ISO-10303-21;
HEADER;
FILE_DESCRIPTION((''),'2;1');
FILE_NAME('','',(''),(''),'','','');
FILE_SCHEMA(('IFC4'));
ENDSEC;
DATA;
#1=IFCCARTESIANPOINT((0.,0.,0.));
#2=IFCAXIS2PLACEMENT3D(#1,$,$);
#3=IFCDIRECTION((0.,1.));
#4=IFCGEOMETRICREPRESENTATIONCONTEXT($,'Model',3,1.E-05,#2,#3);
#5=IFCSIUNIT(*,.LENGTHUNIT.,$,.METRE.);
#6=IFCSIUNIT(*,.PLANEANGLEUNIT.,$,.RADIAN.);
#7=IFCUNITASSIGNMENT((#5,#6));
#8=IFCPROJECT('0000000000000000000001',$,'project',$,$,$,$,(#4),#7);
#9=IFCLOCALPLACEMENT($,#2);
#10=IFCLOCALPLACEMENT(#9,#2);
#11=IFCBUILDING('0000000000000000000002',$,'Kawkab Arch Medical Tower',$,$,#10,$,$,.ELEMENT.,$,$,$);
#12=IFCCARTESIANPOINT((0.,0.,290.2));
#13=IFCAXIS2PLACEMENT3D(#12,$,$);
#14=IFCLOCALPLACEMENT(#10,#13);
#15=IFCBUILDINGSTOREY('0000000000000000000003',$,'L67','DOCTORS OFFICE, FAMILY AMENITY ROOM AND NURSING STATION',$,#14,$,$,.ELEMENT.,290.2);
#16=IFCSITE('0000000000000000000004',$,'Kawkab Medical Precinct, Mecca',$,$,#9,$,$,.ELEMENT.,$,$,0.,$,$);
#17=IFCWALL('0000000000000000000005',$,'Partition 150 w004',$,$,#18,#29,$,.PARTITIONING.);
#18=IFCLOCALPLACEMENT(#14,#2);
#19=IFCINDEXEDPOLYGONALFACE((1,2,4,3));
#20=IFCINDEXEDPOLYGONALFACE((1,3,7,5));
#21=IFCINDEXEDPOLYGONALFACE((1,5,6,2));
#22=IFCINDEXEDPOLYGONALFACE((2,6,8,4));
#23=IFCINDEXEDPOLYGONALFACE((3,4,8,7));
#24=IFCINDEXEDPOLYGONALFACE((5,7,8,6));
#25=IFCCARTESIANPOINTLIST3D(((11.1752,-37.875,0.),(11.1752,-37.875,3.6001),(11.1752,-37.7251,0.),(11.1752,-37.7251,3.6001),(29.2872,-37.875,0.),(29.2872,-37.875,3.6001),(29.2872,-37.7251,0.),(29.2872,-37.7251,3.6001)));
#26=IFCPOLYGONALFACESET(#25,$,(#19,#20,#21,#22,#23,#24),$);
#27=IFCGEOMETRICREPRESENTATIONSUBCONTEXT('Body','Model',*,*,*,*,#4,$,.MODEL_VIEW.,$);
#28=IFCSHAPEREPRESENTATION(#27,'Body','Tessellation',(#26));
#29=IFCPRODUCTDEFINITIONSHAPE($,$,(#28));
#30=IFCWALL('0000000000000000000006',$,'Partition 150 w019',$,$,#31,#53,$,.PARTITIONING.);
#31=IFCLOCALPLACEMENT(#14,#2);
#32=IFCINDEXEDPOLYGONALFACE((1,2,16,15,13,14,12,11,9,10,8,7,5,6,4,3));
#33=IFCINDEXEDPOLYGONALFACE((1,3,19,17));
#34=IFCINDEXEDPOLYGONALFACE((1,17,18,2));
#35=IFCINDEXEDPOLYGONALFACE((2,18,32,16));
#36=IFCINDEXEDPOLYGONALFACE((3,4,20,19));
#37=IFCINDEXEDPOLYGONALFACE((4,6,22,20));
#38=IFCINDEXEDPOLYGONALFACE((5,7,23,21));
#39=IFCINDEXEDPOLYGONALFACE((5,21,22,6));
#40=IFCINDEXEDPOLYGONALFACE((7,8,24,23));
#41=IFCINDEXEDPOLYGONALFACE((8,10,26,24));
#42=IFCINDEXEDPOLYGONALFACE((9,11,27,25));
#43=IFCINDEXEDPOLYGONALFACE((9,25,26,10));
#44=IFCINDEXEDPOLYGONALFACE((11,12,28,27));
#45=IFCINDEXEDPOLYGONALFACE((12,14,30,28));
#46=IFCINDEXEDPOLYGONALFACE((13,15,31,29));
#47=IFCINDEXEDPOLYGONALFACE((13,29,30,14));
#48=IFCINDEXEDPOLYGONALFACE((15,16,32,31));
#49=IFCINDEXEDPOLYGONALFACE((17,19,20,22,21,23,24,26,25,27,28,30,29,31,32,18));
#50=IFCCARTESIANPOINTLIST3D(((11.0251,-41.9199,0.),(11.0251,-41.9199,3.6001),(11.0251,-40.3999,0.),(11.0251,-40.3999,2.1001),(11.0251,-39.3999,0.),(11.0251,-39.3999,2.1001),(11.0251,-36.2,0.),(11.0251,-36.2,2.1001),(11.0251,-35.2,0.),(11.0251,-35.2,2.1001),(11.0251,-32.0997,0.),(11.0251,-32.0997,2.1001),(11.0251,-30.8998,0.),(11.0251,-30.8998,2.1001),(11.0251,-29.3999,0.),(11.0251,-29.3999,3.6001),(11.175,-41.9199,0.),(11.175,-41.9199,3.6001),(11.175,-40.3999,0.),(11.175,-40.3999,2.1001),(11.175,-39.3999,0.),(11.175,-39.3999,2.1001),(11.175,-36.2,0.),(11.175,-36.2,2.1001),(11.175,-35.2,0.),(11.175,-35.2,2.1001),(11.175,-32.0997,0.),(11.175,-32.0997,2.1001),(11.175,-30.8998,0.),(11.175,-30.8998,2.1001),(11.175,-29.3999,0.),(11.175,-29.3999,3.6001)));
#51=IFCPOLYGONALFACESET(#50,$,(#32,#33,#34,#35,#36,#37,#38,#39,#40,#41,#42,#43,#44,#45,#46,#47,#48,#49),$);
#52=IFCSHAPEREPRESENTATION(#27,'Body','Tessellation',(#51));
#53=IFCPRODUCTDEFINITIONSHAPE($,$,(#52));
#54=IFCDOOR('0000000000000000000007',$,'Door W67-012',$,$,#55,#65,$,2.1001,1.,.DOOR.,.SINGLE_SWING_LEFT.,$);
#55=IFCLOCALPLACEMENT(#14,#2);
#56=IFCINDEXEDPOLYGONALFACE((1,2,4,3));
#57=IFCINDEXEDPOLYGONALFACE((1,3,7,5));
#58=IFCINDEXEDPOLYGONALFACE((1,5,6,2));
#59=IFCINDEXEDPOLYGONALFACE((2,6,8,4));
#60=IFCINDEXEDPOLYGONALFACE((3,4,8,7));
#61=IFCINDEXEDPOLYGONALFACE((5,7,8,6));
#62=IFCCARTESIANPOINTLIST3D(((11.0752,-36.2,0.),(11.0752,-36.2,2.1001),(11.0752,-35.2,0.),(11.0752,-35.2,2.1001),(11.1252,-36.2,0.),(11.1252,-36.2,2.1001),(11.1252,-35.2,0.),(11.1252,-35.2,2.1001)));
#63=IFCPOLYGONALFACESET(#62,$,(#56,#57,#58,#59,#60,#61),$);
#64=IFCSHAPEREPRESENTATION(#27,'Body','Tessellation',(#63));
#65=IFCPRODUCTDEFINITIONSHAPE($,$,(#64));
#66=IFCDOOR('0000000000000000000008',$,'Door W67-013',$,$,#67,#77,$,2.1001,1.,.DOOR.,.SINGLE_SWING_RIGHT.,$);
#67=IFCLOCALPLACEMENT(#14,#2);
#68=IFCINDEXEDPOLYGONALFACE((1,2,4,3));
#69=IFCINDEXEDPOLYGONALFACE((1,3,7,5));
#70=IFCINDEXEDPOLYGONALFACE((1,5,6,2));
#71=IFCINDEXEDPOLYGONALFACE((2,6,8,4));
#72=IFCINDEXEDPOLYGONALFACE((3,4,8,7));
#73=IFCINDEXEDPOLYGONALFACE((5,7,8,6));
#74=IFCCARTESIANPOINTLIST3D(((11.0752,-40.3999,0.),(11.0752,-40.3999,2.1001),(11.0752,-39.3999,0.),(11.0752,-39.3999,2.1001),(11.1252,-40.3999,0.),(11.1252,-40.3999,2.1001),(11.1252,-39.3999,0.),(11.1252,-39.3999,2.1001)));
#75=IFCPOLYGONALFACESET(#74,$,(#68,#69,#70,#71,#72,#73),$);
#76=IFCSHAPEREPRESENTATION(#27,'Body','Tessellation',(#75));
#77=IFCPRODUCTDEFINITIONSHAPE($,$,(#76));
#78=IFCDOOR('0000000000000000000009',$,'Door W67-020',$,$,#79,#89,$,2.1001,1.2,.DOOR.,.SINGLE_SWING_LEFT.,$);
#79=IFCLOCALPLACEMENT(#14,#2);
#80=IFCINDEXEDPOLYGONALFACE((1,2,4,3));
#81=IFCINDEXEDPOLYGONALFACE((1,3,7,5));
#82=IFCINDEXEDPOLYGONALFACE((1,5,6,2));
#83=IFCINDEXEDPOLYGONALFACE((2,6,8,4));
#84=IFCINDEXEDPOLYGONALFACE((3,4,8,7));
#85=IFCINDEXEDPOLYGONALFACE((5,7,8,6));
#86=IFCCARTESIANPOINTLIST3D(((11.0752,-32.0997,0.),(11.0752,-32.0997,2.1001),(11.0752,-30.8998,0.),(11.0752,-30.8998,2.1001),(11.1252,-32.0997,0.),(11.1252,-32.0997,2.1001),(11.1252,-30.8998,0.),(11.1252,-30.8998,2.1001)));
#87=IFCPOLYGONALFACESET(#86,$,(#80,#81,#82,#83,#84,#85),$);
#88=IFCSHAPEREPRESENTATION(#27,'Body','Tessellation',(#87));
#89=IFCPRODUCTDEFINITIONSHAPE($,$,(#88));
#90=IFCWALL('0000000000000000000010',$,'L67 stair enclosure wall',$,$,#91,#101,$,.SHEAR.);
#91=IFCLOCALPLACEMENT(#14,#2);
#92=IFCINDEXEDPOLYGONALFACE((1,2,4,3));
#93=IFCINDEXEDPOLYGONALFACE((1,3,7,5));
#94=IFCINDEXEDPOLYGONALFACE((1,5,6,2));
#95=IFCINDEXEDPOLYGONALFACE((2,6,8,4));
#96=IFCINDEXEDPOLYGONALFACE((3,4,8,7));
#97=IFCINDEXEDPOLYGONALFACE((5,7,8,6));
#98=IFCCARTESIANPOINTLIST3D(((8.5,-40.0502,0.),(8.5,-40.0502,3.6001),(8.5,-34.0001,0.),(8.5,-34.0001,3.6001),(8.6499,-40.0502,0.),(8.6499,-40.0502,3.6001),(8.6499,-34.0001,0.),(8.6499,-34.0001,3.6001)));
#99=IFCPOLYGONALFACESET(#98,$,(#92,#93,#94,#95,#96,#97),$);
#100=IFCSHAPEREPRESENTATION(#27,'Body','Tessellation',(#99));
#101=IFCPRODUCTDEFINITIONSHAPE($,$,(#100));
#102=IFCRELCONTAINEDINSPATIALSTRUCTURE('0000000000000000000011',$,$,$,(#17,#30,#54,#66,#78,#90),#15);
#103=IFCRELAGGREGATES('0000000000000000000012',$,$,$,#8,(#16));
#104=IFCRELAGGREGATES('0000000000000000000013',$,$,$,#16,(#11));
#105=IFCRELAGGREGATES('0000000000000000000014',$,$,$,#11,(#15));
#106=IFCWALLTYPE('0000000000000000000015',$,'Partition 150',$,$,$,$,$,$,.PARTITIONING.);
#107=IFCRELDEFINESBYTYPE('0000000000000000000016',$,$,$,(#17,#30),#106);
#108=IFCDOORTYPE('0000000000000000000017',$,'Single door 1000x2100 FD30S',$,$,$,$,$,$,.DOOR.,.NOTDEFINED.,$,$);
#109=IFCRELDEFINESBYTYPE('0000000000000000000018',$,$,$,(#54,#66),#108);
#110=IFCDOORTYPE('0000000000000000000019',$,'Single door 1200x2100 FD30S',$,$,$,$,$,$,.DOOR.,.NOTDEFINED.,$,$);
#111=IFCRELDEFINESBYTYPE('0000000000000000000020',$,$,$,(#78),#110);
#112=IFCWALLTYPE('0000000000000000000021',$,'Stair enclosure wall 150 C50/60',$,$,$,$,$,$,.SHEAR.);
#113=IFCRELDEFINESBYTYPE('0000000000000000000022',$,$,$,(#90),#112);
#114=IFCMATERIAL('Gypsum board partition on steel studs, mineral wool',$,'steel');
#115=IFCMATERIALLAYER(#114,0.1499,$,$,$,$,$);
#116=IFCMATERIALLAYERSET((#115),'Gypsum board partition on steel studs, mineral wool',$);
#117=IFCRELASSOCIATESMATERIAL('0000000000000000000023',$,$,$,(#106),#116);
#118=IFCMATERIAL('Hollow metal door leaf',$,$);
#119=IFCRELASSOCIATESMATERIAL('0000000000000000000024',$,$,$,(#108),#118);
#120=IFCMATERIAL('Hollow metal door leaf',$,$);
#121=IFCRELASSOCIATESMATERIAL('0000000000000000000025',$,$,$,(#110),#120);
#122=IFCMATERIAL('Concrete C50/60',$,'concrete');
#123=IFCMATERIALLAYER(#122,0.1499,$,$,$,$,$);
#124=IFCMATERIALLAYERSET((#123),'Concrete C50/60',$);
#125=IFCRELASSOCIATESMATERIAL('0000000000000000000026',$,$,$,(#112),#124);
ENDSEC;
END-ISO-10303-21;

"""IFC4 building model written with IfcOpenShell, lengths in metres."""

from ifc_helpers import new_model, si_unit, direction, frame, frame_2d, origin, place, context, subcontext, project, spatial, rectangle, extrude, material, layer, layer_set, type_object, element, fill, save


model = new_model("IFC4")

# Units and contexts
model_context = context("Model", 3, precision=1e-05, world=origin(), true_north=direction((0.0, 1.0)))
body_context = subcontext(model_context, "Body", "Model", "MODEL_VIEW")
ifc_project = project(units=[si_unit("LENGTHUNIT", "METRE"), si_unit("PLANEANGLEUNIT", "RADIAN")], contexts=[model_context])

# Site, building, storey
site_placement = place(None, origin())
site = spatial("IfcSite", under=ifc_project, at=site_placement, Name="Kawkab Medical Precinct, Mecca", CompositionType="ELEMENT", RefElevation=0.0)
building_placement = place(site_placement, origin())
building = spatial("IfcBuilding", under=site, at=building_placement, Name="Kawkab Arch Medical Tower", CompositionType="ELEMENT")
storey_placement = place(building_placement, frame((0.0, 0.0, 290.2)))
storey = spatial("IfcBuildingStorey", under=building, at=storey_placement, Name="L67", Description="DOCTORS OFFICE, FAMILY AMENITY ROOM AND NURSING STATION", CompositionType="ELEMENT", Elevation=290.2)

# Wall
ifc_material_1 = material(Name="Gypsum board partition on steel studs, mineral wool", Category="steel")
ifc_layer_1 = layer(ifc_material_1, 0.1499)
ifc_layer_set_1 = layer_set([ifc_layer_1], Name="Gypsum board partition on steel studs, mineral wool")
wall_type_1 = type_object("IfcWallType", Name="Partition 150", PredefinedType="PARTITIONING", material=ifc_layer_set_1)
wall_1_placement = place(storey_placement, frame((11.175, -37.8, 0.0), z_axis=(0.0, 0.0, 1.0), x_axis=(1.0, 0.0, 0.0)))
element("IfcWall", 1, at=wall_1_placement, inside=storey, type_object=wall_type_1, Name="Partition 150 w004", PredefinedType="PARTITIONING", context=body_context, shape_type="SweptSolid", body=[
    extrude(rectangle(XDim=18.1121, YDim=0.1499, at=frame_2d((9.0562, 0.0))), origin(), (0.0, 0.0, 1.0), 3.6001),
])

# Wall, openings, doors
wall_2_placement = place(storey_placement, frame((11.1001, -41.9199, 0.0), z_axis=(0.0, 0.0, 1.0), x_axis=(0.0, 1.0, 0.0)))
wall_2 = element("IfcWall", 2, at=wall_2_placement, inside=storey, type_object=wall_type_1, Name="Partition 150 w019", PredefinedType="PARTITIONING", context=body_context, shape_type="SweptSolid", body=[
    extrude(rectangle(XDim=12.52, YDim=0.1499, at=frame_2d((6.26, 0.0))), origin(), (0.0, 0.0, 1.0), 3.6001),
])
opening_1_placement = place(wall_2_placement, frame((9.8201, 0.0, 0.0)))
opening_1 = element("IfcOpeningElement", 3, at=opening_1_placement, cuts=wall_2, PredefinedType="OPENING", context=body_context, shape_type="SweptSolid", body=[
    extrude(rectangle(XDim=1.2, YDim=2.1001, at=frame_2d((0.6001, 1.05))), frame((0.0, 0.085, 0.0), z_axis=(0.0, -1.0, 0.0), x_axis=(1.0, 0.0, 0.0)), (0.0, 0.0, 1.0), 0.1699),
])
opening_2_placement = place(wall_2_placement, frame((5.72, 0.0, 0.0)))
opening_2 = element("IfcOpeningElement", 4, at=opening_2_placement, cuts=wall_2, PredefinedType="OPENING", context=body_context, shape_type="SweptSolid", body=[
    extrude(rectangle(XDim=1.0, YDim=2.1001, at=frame_2d((0.5, 1.05))), frame((0.0, 0.085, 0.0), z_axis=(0.0, -1.0, 0.0), x_axis=(1.0, 0.0, 0.0)), (0.0, 0.0, 1.0), 0.1699),
])
opening_3_placement = place(wall_2_placement, frame((1.52, 0.0, 0.0)))
opening_3 = element("IfcOpeningElement", 5, at=opening_3_placement, cuts=wall_2, PredefinedType="OPENING", context=body_context, shape_type="SweptSolid", body=[
    extrude(rectangle(XDim=1.0, YDim=2.1001, at=frame_2d((0.5, 1.05))), frame((0.0, 0.085, 0.0), z_axis=(0.0, -1.0, 0.0), x_axis=(1.0, 0.0, 0.0)), (0.0, 0.0, 1.0), 0.1699),
])
ifc_material_2 = material(Name="Hollow metal door leaf")
door_type_1 = type_object("IfcDoorType", Name="Single door 1000x2100 FD30S", OperationType="NOTDEFINED", PredefinedType="DOOR", material=ifc_material_2)
door_1_placement = place(opening_2_placement, origin())
door_1 = element("IfcDoor", 6, at=door_1_placement, inside=storey, type_object=door_type_1, Name="Door W67-012", OperationType="SINGLE_SWING_LEFT", OverallHeight=2.1001, OverallWidth=1.0, PredefinedType="DOOR", context=body_context, shape_type="SweptSolid", body=[
    extrude(rectangle(XDim=1.0, YDim=2.1001, at=frame_2d((0.5, 1.05))), frame((0.0, 0.0249, 0.0), z_axis=(0.0, -1.0, 0.0), x_axis=(1.0, 0.0, 0.0)), (0.0, 0.0, 1.0), 0.05),
])
fill(opening_2, door_1)
door_2_placement = place(opening_3_placement, origin())
door_2 = element("IfcDoor", 7, at=door_2_placement, inside=storey, type_object=door_type_1, Name="Door W67-013", OperationType="SINGLE_SWING_RIGHT", OverallHeight=2.1001, OverallWidth=1.0, PredefinedType="DOOR", context=body_context, shape_type="SweptSolid", body=[
    extrude(rectangle(XDim=1.0, YDim=2.1001, at=frame_2d((0.5, 1.05))), frame((0.0, 0.0249, 0.0), z_axis=(0.0, -1.0, 0.0), x_axis=(1.0, 0.0, 0.0)), (0.0, 0.0, 1.0), 0.05),
])
fill(opening_3, door_2)
ifc_material_3 = material(Name="Hollow metal door leaf")
door_type_2 = type_object("IfcDoorType", Name="Single door 1200x2100 FD30S", OperationType="NOTDEFINED", PredefinedType="DOOR", material=ifc_material_3)
door_3_placement = place(opening_1_placement, origin())
door_3 = element("IfcDoor", 8, at=door_3_placement, inside=storey, type_object=door_type_2, Name="Door W67-020", OperationType="SINGLE_SWING_LEFT", OverallHeight=2.1001, OverallWidth=1.2, PredefinedType="DOOR", context=body_context, shape_type="SweptSolid", body=[
    extrude(rectangle(XDim=1.2, YDim=2.1001, at=frame_2d((0.6001, 1.05))), frame((0.0, 0.0249, 0.0), z_axis=(0.0, -1.0, 0.0), x_axis=(1.0, 0.0, 0.0)), (0.0, 0.0, 1.0), 0.05),
])
fill(opening_1, door_3)

# Wall
ifc_material_4 = material(Name="Concrete C50/60", Category="concrete")
ifc_layer_2 = layer(ifc_material_4, 0.1499)
ifc_layer_set_2 = layer_set([ifc_layer_2], Name="Concrete C50/60")
wall_type_2 = type_object("IfcWallType", Name="Stair enclosure wall 150 C50/60", PredefinedType="SHEAR", material=ifc_layer_set_2)
wall_3_placement = place(storey_placement, frame((8.575, -40.05, 0.0), z_axis=(0.0, 0.0, 1.0), x_axis=(0.0, 1.0, 0.0)))
element("IfcWall", 9, at=wall_3_placement, inside=storey, type_object=wall_type_2, Name="L67 stair enclosure wall", PredefinedType="SHEAR", context=body_context, shape_type="SweptSolid", body=[
    extrude(rectangle(XDim=6.05, YDim=0.1499, at=frame_2d((3.0249, 0.0))), origin(), (0.0, 0.0, 1.0), 3.6001),
])

save(model, "model.ifc")
